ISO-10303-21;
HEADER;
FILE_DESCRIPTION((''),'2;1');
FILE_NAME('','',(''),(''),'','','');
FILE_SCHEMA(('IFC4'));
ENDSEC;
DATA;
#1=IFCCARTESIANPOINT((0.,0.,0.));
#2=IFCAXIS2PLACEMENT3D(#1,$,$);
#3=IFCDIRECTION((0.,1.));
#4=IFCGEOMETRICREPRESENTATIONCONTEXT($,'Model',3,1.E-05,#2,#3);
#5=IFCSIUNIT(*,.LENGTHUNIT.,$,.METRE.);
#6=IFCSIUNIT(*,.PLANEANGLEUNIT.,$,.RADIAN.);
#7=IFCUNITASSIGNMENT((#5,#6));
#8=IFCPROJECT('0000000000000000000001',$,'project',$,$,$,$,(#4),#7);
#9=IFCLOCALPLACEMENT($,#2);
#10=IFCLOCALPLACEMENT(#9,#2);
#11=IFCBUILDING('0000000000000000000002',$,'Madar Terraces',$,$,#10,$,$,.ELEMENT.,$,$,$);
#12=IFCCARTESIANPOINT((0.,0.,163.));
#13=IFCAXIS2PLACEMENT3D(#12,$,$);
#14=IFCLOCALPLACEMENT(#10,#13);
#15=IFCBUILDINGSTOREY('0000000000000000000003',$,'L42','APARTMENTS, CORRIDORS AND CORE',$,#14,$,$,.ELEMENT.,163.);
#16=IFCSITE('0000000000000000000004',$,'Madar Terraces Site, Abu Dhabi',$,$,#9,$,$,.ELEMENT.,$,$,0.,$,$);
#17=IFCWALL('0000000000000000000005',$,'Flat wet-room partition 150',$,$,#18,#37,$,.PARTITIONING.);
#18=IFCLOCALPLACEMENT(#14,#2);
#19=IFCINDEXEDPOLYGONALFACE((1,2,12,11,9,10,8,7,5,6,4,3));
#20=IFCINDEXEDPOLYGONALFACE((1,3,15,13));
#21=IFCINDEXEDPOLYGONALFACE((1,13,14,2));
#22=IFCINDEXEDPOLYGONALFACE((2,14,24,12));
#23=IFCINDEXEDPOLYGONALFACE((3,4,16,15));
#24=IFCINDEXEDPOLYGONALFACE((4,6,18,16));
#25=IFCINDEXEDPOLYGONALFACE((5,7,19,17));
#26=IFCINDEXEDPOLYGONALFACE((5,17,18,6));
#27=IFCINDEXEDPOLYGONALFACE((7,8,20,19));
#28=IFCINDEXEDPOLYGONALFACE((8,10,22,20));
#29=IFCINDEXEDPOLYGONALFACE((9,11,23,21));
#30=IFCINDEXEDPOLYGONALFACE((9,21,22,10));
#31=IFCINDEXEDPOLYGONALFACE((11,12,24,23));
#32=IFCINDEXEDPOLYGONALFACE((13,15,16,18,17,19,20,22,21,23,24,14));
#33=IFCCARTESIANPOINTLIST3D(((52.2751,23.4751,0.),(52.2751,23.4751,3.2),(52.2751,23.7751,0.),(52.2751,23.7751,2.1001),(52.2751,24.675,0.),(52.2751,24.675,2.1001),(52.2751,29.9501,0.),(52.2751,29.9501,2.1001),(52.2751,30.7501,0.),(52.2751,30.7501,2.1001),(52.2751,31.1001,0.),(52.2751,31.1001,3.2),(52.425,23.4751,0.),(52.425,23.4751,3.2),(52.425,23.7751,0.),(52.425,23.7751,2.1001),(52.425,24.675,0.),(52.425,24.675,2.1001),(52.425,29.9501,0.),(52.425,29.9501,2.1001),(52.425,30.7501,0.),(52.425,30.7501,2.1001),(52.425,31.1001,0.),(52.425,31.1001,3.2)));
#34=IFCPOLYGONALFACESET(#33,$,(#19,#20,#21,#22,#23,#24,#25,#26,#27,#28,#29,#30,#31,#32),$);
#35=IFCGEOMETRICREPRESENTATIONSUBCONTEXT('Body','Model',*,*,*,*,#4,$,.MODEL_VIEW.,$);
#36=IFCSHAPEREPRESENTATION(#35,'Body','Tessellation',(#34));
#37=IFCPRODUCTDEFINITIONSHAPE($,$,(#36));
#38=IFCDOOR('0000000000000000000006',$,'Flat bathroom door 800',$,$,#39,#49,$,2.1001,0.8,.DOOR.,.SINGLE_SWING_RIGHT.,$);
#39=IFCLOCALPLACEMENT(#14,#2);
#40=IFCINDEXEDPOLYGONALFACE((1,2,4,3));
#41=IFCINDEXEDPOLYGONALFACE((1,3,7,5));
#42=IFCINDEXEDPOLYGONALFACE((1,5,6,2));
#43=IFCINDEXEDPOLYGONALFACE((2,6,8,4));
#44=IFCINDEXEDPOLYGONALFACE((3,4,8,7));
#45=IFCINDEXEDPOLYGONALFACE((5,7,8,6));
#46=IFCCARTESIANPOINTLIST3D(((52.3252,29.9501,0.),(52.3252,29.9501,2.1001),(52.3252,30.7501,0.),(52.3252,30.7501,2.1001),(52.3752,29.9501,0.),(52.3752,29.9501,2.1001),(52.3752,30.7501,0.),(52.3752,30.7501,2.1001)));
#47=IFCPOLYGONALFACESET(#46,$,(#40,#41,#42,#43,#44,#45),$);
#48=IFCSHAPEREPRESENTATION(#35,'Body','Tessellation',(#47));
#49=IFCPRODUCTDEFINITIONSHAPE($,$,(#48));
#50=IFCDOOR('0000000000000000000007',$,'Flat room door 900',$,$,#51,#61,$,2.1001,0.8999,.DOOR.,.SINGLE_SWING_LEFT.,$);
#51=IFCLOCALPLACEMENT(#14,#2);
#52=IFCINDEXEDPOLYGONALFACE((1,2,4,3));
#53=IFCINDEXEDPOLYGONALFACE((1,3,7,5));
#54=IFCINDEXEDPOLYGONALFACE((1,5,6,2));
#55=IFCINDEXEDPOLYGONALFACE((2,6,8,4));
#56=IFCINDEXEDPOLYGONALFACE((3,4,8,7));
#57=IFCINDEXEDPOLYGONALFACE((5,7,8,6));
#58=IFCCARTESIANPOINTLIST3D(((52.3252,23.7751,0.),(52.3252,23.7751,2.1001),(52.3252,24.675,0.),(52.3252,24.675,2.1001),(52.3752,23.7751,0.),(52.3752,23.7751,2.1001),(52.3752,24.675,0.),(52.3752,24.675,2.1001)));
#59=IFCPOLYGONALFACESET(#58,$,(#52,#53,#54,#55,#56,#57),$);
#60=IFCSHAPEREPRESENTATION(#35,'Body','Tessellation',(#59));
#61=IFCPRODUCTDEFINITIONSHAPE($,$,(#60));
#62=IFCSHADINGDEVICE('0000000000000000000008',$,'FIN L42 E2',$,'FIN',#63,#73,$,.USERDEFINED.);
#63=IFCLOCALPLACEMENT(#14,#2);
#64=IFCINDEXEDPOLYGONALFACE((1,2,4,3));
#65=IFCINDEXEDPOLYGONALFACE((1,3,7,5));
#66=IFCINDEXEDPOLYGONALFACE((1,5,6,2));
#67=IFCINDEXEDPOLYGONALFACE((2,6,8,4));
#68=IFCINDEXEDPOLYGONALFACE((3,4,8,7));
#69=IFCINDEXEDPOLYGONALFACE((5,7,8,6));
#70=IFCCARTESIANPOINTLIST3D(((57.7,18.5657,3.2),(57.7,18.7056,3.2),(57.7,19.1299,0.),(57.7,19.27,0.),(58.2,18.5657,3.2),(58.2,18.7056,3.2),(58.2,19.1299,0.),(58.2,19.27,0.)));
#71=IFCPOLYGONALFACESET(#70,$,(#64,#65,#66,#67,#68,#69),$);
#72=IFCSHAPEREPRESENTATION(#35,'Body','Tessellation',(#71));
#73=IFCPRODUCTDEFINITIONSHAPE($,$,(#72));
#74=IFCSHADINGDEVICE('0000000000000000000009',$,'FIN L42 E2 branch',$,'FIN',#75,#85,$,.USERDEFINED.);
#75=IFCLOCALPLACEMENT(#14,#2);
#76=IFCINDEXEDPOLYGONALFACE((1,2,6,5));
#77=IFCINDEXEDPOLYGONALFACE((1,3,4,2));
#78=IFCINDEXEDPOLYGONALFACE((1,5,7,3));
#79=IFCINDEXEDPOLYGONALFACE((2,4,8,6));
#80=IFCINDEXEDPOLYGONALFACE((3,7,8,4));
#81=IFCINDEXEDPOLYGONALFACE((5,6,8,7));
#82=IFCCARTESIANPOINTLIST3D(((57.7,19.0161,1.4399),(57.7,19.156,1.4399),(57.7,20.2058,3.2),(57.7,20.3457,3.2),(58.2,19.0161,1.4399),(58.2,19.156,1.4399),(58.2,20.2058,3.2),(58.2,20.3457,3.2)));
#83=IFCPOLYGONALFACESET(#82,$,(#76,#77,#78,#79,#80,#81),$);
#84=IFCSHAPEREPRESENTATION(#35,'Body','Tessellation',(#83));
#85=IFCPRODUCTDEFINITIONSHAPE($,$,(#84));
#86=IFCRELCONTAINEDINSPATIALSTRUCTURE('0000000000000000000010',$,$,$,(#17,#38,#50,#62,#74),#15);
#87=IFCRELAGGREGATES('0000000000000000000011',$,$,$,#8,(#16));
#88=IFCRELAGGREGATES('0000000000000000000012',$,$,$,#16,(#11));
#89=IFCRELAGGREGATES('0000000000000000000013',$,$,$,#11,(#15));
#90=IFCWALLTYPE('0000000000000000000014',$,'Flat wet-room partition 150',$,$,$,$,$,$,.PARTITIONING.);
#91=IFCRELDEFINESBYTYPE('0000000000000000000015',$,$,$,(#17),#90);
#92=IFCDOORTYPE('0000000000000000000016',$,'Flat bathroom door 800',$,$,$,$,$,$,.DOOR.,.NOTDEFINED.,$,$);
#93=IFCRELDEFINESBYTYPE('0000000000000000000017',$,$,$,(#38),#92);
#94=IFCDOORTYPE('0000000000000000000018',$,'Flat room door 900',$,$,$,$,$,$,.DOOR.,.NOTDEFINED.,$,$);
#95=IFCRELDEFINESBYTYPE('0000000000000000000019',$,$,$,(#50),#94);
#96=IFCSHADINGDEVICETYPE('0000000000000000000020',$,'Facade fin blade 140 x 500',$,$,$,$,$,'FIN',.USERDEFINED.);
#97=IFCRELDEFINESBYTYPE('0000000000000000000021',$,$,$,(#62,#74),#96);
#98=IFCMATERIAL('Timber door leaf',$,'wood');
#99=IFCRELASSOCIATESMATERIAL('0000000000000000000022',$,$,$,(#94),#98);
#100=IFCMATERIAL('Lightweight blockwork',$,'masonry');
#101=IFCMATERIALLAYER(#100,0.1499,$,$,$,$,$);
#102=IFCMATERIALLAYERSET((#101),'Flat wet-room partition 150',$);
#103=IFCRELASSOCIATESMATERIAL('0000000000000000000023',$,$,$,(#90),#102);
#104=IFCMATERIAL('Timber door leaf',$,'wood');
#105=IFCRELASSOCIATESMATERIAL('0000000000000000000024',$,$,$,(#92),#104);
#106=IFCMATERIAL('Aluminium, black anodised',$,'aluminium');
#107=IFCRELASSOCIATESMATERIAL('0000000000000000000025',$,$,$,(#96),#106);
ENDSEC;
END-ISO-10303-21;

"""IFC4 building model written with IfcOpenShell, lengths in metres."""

from ifc_helpers import new_model, si_unit, direction, frame, frame_2d, origin, place, context, subcontext, project, spatial, polyline, rectangle, outline, extrude, material, layer, layer_set, type_object, element, fill, save


model = new_model("IFC4")

# Units and contexts
model_context = context("Model", 3, precision=1e-05, world=origin(), true_north=direction((0.0, 1.0)))
body_context = subcontext(model_context, "Body", "Model", "MODEL_VIEW")
ifc_project = project(units=[si_unit("LENGTHUNIT", "METRE"), si_unit("PLANEANGLEUNIT", "RADIAN")], contexts=[model_context])

# Site, building, storey
site_placement = place(None, origin())
site = spatial("IfcSite", under=ifc_project, at=site_placement, Name="Madar Terraces Site, Abu Dhabi", CompositionType="ELEMENT", RefElevation=0.0)
building_placement = place(site_placement, origin())
building = spatial("IfcBuilding", under=site, at=building_placement, Name="Madar Terraces", CompositionType="ELEMENT")
storey_placement = place(building_placement, frame((0.0, 0.0, 163.0)))
storey = spatial("IfcBuildingStorey", under=building, at=storey_placement, Name="L42", Description="APARTMENTS, CORRIDORS AND CORE", CompositionType="ELEMENT", Elevation=163.0)

# Shared definitions
ifc_material_1 = material(Name="Timber door leaf", Category="wood")
door_type_1 = type_object("IfcDoorType", Name="Flat room door 900", OperationType="NOTDEFINED", PredefinedType="DOOR", material=ifc_material_1)

# Shared definitions
ifc_material_2 = material(Name="Lightweight blockwork", Category="masonry")
ifc_layer_1 = layer(ifc_material_2, 0.1499)
ifc_layer_set_1 = layer_set([ifc_layer_1], Name="Flat wet-room partition 150")
wall_type_1 = type_object("IfcWallType", Name="Flat wet-room partition 150", PredefinedType="PARTITIONING", material=ifc_layer_set_1)

# Wall, openings, doors
wall_1_placement = place(storey_placement, frame((52.3501, 23.4751, 0.0), z_axis=(0.0, 0.0, 1.0), x_axis=(0.0, 1.0, 0.0)))
wall_1 = element("IfcWall", 1, at=wall_1_placement, inside=storey, type_object=wall_type_1, Name="Flat wet-room partition 150", PredefinedType="PARTITIONING", context=body_context, shape_type="SweptSolid", body=[
    extrude(rectangle(XDim=7.625, YDim=0.1499, at=frame_2d((3.8125, 0.0))), origin(), (0.0, 0.0, 1.0), 3.2),
])
opening_1_placement = place(wall_1_placement, frame((0.3, 0.0, 0.0)))
opening_1 = element("IfcOpeningElement", 2, at=opening_1_placement, cuts=wall_1, PredefinedType="OPENING", context=body_context, shape_type="SweptSolid", body=[
    extrude(rectangle(XDim=0.8999, YDim=2.1001, at=frame_2d((0.45, 1.05))), frame((0.0, 0.085, 0.0), z_axis=(0.0, -1.0, 0.0), x_axis=(1.0, 0.0, 0.0)), (0.0, 0.0, 1.0), 0.1699),
])
opening_2_placement = place(wall_1_placement, frame((6.4751, 0.0, 0.0)))
opening_2 = element("IfcOpeningElement", 3, at=opening_2_placement, cuts=wall_1, PredefinedType="OPENING", context=body_context, shape_type="SweptSolid", body=[
    extrude(rectangle(XDim=0.8, YDim=2.1001, at=frame_2d((0.3999, 1.05))), frame((0.0, 0.085, 0.0), z_axis=(0.0, -1.0, 0.0), x_axis=(1.0, 0.0, 0.0)), (0.0, 0.0, 1.0), 0.1699),
])
ifc_material_3 = material(Name="Timber door leaf", Category="wood")
door_type_2 = type_object("IfcDoorType", Name="Flat bathroom door 800", OperationType="NOTDEFINED", PredefinedType="DOOR", material=ifc_material_3)
door_1_placement = place(opening_2_placement, origin())
door_1 = element("IfcDoor", 4, at=door_1_placement, inside=storey, type_object=door_type_2, Name="Flat bathroom door 800", OperationType="SINGLE_SWING_RIGHT", OverallHeight=2.1001, OverallWidth=0.8, PredefinedType="DOOR", context=body_context, shape_type="SweptSolid", body=[
    extrude(rectangle(XDim=0.8, YDim=2.1001, at=frame_2d((0.3999, 1.05))), frame((0.0, 0.0249, 0.0), z_axis=(0.0, -1.0, 0.0), x_axis=(1.0, 0.0, 0.0)), (0.0, 0.0, 1.0), 0.05),
])
fill(opening_2, door_1)
door_2_placement = place(opening_1_placement, origin())
door_2 = element("IfcDoor", 5, at=door_2_placement, inside=storey, type_object=door_type_1, Name="Flat room door 900", OperationType="SINGLE_SWING_LEFT", OverallHeight=2.1001, OverallWidth=0.8999, PredefinedType="DOOR", context=body_context, shape_type="SweptSolid", body=[
    extrude(rectangle(XDim=0.8999, YDim=2.1001, at=frame_2d((0.45, 1.05))), frame((0.0, 0.0249, 0.0), z_axis=(0.0, -1.0, 0.0), x_axis=(1.0, 0.0, 0.0)), (0.0, 0.0, 1.0), 0.05),
])
fill(opening_1, door_2)

# Shading devices
ifc_material_4 = material(Name="Aluminium, black anodised", Category="aluminium")
shading_device_type = type_object("IfcShadingDeviceType", Name="Facade fin blade 140 x 500", ElementType="FIN", PredefinedType="USERDEFINED", material=ifc_material_4)
shading_device_1_placement = place(storey_placement, frame((57.95, 19.1299, 0.0), z_axis=(0.0, 0.0, 1.0), x_axis=(0.0, 1.0, 0.0)))
element("IfcShadingDevice", 6, at=shading_device_1_placement, inside=storey, type_object=shading_device_type, Name="FIN L42 E2", ObjectType="FIN", PredefinedType="USERDEFINED", context=body_context, shape_type="SweptSolid", body=[
    extrude(outline(polyline([(0.0, 0.0), (0.1401, 0.0), (-0.4243, 3.2), (-0.5642, 3.2), (0.0, 0.0)])), frame((0.0, 0.25, 0.0), z_axis=(0.0, -1.0, 0.0), x_axis=(1.0, 0.0, 0.0)), (0.0, 0.0, 1.0), 0.5),
])
shading_device_2_placement = place(storey_placement, frame((57.95, 19.0161, 1.4399), z_axis=(0.0, 0.0, 1.0), x_axis=(0.0, 1.0, 0.0)))
element("IfcShadingDevice", 7, at=shading_device_2_placement, inside=storey, type_object=shading_device_type, Name="FIN L42 E2 branch", ObjectType="FIN", PredefinedType="USERDEFINED", context=body_context, shape_type="SweptSolid", body=[
    extrude(outline(polyline([(0.0, 0.0), (0.1399, 0.0), (1.3296, 1.76), (1.1897, 1.76), (0.0, 0.0)])), frame((0.0, 0.25, 0.0), z_axis=(0.0, -1.0, 0.0), x_axis=(1.0, 0.0, 0.0)), (0.0, 0.0, 1.0), 0.5),
])

save(model, "model.ifc")
